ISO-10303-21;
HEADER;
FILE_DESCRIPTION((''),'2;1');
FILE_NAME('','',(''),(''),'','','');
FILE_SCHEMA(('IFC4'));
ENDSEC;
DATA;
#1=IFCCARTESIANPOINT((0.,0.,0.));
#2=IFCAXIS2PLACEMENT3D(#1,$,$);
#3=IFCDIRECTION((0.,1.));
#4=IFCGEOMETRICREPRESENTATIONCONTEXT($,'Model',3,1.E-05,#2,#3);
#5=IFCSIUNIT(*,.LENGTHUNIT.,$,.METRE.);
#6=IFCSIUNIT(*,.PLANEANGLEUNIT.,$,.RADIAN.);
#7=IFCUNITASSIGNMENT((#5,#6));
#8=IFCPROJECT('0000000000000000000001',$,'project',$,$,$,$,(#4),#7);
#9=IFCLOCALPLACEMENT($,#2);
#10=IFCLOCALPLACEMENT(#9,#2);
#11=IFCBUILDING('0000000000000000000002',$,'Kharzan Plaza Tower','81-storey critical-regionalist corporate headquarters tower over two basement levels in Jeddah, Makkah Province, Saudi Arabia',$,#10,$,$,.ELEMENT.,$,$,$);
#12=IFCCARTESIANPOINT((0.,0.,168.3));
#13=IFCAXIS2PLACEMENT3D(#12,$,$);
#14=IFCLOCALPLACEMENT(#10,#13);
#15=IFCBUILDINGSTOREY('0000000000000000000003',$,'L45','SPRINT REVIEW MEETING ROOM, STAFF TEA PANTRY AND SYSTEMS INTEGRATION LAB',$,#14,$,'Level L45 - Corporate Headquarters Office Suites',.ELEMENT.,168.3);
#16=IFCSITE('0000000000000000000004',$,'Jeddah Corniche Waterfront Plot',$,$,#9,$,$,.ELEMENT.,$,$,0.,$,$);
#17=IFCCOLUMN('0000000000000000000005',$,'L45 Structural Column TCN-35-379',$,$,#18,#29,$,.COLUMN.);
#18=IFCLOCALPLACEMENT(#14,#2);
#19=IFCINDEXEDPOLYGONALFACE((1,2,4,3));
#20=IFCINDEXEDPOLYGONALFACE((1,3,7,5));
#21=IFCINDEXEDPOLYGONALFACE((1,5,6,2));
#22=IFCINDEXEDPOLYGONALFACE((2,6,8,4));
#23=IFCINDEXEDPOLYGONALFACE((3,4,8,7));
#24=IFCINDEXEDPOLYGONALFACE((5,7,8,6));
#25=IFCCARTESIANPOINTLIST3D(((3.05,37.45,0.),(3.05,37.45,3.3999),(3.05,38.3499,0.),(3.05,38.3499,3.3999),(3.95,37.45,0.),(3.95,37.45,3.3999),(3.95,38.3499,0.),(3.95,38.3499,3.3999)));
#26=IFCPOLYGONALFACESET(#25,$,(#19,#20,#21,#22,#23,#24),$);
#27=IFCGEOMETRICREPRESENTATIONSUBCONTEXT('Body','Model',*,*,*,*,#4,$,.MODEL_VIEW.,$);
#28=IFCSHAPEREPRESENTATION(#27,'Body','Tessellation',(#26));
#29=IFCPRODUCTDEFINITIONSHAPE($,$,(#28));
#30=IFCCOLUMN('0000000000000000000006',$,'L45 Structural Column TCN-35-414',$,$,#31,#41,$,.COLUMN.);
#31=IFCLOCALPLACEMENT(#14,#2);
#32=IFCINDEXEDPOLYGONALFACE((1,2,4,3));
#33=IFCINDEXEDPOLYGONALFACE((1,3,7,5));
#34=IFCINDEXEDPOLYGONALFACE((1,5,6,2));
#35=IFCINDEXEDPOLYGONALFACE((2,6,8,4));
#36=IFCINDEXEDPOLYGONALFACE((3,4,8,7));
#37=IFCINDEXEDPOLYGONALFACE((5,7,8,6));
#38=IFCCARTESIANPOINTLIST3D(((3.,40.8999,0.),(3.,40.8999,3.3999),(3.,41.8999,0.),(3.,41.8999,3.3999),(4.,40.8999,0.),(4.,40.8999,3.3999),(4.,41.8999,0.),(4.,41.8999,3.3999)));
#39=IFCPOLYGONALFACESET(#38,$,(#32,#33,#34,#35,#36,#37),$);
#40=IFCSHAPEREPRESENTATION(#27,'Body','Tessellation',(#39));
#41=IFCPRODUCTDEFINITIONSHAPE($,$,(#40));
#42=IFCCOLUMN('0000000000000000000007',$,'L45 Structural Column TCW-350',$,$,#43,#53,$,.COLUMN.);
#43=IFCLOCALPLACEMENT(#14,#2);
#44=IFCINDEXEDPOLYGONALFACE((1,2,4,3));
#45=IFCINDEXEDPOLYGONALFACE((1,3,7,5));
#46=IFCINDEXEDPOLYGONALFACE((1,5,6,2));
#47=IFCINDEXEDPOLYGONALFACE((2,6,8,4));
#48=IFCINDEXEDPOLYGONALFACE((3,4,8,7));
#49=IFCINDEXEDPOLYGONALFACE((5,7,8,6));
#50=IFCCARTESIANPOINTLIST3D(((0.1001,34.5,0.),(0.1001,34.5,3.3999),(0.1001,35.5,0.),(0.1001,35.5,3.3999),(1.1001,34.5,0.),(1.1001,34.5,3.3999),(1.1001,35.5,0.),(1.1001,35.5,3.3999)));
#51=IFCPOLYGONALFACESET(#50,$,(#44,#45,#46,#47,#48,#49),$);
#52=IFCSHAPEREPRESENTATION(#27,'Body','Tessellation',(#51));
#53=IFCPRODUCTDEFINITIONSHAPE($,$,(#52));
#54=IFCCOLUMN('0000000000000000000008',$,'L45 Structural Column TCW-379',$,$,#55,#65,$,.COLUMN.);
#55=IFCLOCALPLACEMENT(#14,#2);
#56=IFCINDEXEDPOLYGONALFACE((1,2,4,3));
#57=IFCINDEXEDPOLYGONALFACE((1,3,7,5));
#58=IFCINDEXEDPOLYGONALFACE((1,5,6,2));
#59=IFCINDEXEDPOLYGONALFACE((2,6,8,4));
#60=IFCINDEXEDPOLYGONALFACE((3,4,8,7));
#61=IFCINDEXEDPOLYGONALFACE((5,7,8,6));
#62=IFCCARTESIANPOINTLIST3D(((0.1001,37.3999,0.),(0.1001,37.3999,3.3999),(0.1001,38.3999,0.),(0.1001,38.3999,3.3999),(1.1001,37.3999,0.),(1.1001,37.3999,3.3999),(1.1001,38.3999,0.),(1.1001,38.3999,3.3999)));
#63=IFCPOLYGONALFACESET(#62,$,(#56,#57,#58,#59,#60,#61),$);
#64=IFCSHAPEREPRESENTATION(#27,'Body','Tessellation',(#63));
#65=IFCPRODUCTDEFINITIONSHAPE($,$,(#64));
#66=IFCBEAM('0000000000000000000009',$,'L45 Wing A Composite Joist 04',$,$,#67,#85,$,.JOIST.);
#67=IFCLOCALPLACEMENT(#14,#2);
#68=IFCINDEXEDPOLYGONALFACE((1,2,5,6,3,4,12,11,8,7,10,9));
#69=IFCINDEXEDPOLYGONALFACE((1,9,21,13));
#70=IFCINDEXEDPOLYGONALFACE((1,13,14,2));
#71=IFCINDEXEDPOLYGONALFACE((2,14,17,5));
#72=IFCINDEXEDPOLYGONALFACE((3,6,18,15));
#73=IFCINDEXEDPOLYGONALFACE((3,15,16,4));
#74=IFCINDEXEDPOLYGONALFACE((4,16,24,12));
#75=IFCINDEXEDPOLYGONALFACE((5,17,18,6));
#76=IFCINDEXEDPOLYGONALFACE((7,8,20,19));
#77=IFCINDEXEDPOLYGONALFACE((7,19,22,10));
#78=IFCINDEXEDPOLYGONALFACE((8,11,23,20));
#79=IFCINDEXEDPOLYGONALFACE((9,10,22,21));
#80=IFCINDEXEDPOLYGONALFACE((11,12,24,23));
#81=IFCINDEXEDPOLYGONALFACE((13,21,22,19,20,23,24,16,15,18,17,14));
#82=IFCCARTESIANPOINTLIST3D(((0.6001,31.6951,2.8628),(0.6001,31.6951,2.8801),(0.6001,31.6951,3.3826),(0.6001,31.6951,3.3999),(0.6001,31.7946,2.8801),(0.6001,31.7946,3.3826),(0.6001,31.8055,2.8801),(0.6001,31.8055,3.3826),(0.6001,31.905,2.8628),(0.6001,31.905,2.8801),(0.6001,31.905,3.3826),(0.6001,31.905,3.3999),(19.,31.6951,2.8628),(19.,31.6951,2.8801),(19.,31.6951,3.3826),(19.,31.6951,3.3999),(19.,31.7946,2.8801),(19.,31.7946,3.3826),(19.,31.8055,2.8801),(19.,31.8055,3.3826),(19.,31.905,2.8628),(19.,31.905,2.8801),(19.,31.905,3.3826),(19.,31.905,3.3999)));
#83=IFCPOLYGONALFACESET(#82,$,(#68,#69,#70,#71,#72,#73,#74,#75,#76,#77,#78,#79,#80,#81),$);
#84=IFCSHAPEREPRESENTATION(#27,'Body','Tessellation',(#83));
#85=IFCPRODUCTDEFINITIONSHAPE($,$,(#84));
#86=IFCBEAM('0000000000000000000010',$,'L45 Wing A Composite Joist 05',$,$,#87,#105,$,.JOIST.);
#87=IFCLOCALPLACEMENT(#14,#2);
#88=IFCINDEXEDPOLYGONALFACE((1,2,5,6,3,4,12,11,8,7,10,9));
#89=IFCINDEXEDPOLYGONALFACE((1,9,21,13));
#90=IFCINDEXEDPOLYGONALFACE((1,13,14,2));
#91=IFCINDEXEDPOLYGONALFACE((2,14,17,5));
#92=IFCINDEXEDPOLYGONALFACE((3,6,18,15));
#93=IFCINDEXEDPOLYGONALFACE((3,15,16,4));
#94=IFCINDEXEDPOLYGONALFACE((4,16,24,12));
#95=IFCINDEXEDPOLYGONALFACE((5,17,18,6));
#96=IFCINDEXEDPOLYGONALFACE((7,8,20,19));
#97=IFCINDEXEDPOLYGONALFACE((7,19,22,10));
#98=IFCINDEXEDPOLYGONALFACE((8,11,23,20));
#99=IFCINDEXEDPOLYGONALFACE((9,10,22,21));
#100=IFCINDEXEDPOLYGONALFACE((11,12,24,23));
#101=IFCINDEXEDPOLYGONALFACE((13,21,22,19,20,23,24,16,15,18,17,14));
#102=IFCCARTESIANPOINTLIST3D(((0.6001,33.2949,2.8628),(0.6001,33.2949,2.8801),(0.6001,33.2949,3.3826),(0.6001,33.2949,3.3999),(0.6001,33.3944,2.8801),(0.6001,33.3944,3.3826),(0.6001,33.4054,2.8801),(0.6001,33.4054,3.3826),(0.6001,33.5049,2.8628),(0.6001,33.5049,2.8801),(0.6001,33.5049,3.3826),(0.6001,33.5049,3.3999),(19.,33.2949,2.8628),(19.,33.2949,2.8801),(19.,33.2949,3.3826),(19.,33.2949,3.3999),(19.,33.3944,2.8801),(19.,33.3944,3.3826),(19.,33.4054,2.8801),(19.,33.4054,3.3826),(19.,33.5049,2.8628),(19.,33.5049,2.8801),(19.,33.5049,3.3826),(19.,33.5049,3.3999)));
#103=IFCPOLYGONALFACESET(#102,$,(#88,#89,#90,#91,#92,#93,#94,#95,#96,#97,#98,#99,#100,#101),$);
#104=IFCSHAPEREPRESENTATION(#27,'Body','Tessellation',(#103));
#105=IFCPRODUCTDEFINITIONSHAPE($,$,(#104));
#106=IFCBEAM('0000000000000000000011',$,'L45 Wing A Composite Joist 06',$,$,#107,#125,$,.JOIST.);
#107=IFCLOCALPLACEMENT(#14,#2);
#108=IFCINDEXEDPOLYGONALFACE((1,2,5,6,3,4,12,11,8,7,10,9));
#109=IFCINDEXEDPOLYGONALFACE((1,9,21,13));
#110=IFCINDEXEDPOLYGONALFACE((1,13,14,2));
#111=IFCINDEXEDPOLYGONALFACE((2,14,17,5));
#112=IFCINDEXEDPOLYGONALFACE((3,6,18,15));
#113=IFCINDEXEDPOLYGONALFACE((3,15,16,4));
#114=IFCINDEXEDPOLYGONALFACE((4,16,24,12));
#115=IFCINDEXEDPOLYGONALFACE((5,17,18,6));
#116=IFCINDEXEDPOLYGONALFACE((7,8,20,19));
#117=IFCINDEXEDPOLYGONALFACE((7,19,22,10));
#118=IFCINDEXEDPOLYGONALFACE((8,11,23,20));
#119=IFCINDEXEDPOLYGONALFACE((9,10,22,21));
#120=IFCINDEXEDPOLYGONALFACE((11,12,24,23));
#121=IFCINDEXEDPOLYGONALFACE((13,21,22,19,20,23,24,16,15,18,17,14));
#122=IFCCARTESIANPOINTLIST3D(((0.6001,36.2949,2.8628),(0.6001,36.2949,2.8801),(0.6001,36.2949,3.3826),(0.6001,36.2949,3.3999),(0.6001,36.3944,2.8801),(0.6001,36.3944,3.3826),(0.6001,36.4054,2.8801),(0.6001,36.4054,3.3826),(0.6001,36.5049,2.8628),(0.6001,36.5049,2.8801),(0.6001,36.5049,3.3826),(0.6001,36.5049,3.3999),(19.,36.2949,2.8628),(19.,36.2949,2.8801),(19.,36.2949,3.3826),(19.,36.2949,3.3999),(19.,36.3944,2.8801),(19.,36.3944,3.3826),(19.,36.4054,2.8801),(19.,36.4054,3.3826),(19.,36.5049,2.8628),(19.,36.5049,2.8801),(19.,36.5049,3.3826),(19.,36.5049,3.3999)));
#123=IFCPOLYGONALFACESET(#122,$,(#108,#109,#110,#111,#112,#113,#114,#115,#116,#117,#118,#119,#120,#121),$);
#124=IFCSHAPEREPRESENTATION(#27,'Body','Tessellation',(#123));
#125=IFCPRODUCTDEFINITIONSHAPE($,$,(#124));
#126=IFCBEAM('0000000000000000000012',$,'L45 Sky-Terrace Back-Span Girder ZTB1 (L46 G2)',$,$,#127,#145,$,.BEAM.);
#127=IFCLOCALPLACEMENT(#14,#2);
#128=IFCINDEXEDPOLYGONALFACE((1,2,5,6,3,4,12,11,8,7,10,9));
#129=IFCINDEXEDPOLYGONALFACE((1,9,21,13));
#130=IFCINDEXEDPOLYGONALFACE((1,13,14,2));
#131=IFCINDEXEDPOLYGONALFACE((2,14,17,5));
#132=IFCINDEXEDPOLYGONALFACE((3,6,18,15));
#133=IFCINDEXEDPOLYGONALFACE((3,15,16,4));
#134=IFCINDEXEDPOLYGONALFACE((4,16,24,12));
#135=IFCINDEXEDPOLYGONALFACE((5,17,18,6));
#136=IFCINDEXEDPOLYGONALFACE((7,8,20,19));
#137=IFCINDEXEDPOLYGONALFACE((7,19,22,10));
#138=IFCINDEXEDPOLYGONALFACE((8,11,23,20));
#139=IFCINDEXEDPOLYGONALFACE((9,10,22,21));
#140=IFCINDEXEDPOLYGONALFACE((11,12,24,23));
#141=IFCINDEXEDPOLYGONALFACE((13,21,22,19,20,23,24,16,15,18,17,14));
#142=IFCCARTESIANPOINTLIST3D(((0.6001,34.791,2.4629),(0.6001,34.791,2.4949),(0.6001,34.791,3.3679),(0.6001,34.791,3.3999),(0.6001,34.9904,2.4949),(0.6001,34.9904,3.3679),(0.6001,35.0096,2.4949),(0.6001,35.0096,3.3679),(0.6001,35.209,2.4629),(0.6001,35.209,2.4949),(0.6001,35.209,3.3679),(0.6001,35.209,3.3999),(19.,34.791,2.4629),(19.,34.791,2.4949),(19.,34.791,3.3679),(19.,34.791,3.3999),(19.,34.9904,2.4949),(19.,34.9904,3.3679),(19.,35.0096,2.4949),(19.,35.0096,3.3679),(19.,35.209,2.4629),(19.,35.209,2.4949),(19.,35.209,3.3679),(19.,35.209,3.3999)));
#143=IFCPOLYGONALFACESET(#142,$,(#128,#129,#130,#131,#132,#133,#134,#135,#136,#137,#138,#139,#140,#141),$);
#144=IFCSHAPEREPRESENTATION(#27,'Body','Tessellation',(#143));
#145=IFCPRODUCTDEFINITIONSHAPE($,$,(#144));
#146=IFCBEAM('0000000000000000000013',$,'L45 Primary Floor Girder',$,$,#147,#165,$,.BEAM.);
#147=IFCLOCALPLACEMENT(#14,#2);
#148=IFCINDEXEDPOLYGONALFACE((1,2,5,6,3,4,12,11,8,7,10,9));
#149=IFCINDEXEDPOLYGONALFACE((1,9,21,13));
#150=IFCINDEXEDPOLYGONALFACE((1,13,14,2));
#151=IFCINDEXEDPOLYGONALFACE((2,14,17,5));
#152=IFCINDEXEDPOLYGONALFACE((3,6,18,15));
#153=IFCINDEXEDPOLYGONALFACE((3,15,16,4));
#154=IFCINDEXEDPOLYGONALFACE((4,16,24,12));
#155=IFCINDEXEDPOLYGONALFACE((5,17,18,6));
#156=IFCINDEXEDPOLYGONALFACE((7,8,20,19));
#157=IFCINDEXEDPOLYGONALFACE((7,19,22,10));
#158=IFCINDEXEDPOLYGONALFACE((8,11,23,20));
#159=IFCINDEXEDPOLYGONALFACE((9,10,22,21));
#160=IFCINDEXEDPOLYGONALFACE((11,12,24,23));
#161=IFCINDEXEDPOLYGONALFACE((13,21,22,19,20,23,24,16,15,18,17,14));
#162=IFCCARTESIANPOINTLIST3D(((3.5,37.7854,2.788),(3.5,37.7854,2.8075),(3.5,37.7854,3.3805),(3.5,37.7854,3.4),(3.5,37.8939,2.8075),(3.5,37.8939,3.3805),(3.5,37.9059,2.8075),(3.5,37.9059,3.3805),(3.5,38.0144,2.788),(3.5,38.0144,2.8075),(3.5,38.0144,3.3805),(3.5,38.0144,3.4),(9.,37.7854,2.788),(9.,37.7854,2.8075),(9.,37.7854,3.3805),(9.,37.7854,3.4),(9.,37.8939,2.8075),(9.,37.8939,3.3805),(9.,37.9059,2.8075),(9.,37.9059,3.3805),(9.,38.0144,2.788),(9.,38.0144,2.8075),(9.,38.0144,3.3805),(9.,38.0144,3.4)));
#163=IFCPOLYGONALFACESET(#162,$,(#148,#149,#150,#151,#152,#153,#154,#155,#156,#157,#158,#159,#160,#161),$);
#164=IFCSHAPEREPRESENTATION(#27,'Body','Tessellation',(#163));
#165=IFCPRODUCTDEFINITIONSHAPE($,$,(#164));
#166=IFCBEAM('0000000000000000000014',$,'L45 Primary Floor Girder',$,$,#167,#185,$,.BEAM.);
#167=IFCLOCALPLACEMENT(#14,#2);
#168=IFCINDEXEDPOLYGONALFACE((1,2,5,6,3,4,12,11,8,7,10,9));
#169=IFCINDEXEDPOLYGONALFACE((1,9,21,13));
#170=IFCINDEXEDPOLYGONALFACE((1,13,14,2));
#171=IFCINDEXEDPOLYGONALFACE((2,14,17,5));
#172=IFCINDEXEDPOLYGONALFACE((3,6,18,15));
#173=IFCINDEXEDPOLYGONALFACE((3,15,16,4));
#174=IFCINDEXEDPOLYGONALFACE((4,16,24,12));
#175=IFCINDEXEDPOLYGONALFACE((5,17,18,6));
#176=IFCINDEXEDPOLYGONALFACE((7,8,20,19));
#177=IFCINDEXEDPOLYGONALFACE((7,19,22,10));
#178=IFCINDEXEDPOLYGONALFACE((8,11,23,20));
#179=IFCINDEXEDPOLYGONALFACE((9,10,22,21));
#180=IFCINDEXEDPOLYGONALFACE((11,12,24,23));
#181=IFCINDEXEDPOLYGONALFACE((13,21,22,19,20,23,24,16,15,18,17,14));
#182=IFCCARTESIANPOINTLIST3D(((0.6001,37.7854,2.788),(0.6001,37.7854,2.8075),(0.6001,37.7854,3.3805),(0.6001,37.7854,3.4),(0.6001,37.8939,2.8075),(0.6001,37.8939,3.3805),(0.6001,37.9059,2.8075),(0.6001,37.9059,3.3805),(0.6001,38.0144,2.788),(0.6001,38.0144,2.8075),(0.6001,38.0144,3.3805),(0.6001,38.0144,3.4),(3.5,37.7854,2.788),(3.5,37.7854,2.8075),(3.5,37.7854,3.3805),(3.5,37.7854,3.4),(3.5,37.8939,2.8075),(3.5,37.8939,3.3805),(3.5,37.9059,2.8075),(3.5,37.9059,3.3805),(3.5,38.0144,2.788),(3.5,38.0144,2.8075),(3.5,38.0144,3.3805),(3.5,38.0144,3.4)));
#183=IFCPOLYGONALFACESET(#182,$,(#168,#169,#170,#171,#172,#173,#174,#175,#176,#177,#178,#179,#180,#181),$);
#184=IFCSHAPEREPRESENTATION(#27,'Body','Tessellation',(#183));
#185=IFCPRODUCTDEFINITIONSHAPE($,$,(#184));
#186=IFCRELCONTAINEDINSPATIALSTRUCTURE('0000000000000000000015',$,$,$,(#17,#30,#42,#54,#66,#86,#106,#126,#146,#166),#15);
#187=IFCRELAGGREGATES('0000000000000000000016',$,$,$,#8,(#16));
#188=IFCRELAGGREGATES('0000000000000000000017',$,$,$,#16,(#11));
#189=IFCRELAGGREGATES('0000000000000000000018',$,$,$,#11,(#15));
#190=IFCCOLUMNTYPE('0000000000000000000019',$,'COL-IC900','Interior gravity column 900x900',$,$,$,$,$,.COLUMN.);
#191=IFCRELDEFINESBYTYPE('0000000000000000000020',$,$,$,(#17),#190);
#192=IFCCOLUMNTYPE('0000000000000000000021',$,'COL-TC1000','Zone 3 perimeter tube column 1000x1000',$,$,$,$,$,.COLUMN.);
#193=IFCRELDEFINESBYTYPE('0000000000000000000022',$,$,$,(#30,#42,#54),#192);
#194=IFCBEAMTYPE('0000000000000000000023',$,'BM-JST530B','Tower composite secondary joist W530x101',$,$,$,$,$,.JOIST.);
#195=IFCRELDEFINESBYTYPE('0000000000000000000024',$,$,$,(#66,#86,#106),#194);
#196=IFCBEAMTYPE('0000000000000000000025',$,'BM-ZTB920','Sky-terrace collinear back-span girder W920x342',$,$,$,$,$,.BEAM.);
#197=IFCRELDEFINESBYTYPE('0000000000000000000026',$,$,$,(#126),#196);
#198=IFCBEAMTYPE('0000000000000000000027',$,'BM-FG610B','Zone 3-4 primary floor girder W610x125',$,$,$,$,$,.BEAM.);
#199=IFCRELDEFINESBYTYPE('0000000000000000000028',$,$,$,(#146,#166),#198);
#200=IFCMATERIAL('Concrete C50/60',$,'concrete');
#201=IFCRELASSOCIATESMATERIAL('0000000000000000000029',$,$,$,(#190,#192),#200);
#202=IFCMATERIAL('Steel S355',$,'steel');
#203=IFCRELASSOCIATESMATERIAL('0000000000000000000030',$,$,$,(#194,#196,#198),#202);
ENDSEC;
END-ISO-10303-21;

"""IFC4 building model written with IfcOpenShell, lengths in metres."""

from ifc_helpers import new_model, si_unit, direction, frame, origin, origin_2d, place, context, subcontext, project, spatial, rectangle, i_section, extrude, source, transform, mapped, material, material_profile, profile_set, type_object, element, save


model = new_model("IFC4")

# Units and contexts
model_context = context("Model", 3, precision=1e-05, world=origin(), true_north=direction((0.0, 1.0)))
body_context = subcontext(model_context, "Body", "Model", "MODEL_VIEW")
ifc_project = project(units=[si_unit("LENGTHUNIT", "METRE"), si_unit("PLANEANGLEUNIT", "RADIAN")], contexts=[model_context])

# Site, building, storey
site_placement = place(None, origin())
site = spatial("IfcSite", under=ifc_project, at=site_placement, Name="Jeddah Corniche Waterfront Plot", CompositionType="ELEMENT", RefElevation=0.0)
building_placement = place(site_placement, origin())
building = spatial("IfcBuilding", under=site, at=building_placement, Name="Kharzan Plaza Tower", Description="81-storey critical-regionalist corporate headquarters tower over two basement levels in Jeddah, Makkah Province, Saudi Arabia", CompositionType="ELEMENT")
storey_placement = place(building_placement, frame((0.0, 0.0, 168.3)))
storey = spatial("IfcBuildingStorey", under=building, at=storey_placement, Name="L45", Description="SPRINT REVIEW MEETING ROOM, STAFF TEA PANTRY AND SYSTEMS INTEGRATION LAB", LongName="Level L45 - Corporate Headquarters Office Suites", CompositionType="ELEMENT", Elevation=168.3)

# Columns
ifc_material_1 = material(Name="Concrete C50/60", Category="concrete")
ifc_material_profile_1 = material_profile(ifc_material_1, rectangle(XDim=0.8999, YDim=0.8999, at=origin_2d()), Name="RC-IC900x900")
ifc_profile_set_1 = profile_set([ifc_material_profile_1], Name="Concrete C50/60")
column_type_1 = type_object("IfcColumnType", Name="COL-IC900", Description="Interior gravity column 900x900", PredefinedType="COLUMN", material=ifc_profile_set_1)
shared_shape_1 = source(origin(), body_context, "Body", "SweptSolid", [
    extrude(rectangle(XDim=0.8999, YDim=0.8999, at=origin_2d()), origin(), (0.0, 0.0, 1.0), 3.3999),
])
column_placement = place(storey_placement, frame((3.5, 37.8999, 0.0), z_axis=(0.0, 0.0, 1.0), x_axis=(1.0, 0.0, 0.0)))
element("IfcColumn", 1, at=column_placement, inside=storey, type_object=column_type_1, Name="L45 Structural Column TCN-35-379", PredefinedType="COLUMN", context=body_context, shape_type="MappedRepresentation", body=[
    mapped(shared_shape_1, transform((0.0, 0.0, 0.0), x_axis=(1.0, 0.0, 0.0), y_axis=(0.0, 1.0, 0.0), z_axis=(0.0, 0.0, 1.0))),
])
ifc_material_profile_2 = material_profile(ifc_material_1, rectangle(XDim=1.0, YDim=1.0, at=origin_2d()), Name="RC-TC1000x1000")
ifc_profile_set_2 = profile_set([ifc_material_profile_2], Name="Concrete C50/60")
column_type_2 = type_object("IfcColumnType", Name="COL-TC1000", Description="Zone 3 perimeter tube column 1000x1000", PredefinedType="COLUMN", material=ifc_profile_set_2)
shared_shape_2 = source(origin(), body_context, "Body", "SweptSolid", [
    extrude(rectangle(XDim=1.0, YDim=1.0, at=origin_2d()), origin(), (0.0, 0.0, 1.0), 3.3999),
])
for number, where, z_axis, x_axis, name in (
    (2, (3.5, 41.3999, 0.0), (0.0, 0.0, 1.0), (1.0, 0.0, 0.0), "L45 Structural Column TCN-35-414"),
    (3, (0.6001, 35.0, 0.0), (0.0, 0.0, 1.0), (1.0, 0.0, 0.0), "L45 Structural Column TCW-350"),
    (4, (0.6001, 37.8999, 0.0), (0.0, 0.0, 1.0), (1.0, 0.0, 0.0), "L45 Structural Column TCW-379"),
):
    element("IfcColumn", number, at=place(storey_placement, frame(where, z_axis=z_axis, x_axis=x_axis)), inside=storey, type_object=column_type_2, Name=name, PredefinedType="COLUMN", context=body_context, shape_type="MappedRepresentation", body=[
        mapped(shared_shape_2, transform((0.0, 0.0, 0.0), x_axis=(1.0, 0.0, 0.0), y_axis=(0.0, 1.0, 0.0), z_axis=(0.0, 0.0, 1.0))),
    ])

# Beams
ifc_material_2 = material(Name="Steel S355", Category="steel")
ifc_material_profile_3 = material_profile(ifc_material_2, i_section(OverallWidth=0.21, OverallDepth=0.5371, WebThickness=0.011, FlangeThickness=0.0173, at=origin_2d()), Name="W530x101")
ifc_profile_set_3 = profile_set([ifc_material_profile_3], Name="Steel S355")
beam_type_1 = type_object("IfcBeamType", Name="BM-JST530B", Description="Tower composite secondary joist W530x101", PredefinedType="JOIST", material=ifc_profile_set_3)
shared_shape_3 = source(origin(), body_context, "Body", "SweptSolid", [
    extrude(i_section(OverallWidth=0.21, OverallDepth=0.5371, WebThickness=0.011, FlangeThickness=0.0173, at=origin_2d()), origin(), (0.0, 0.0, 1.0), 18.3999),
])
for number, where, z_axis, x_axis, name in (
    (5, (0.6001, 31.8, 3.1313), (1.0, 0.0, 0.0), (0.0, 1.0, 0.0), "L45 Wing A Composite Joist 04"),
    (6, (0.6001, 33.3999, 3.1313), (1.0, 0.0, 0.0), (0.0, 1.0, 0.0), "L45 Wing A Composite Joist 05"),
    (7, (0.6001, 36.3999, 3.1313), (1.0, 0.0, 0.0), (0.0, 1.0, 0.0), "L45 Wing A Composite Joist 06"),
):
    element("IfcBeam", number, at=place(storey_placement, frame(where, z_axis=z_axis, x_axis=x_axis)), inside=storey, type_object=beam_type_1, Name=name, PredefinedType="JOIST", context=body_context, shape_type="MappedRepresentation", body=[
        mapped(shared_shape_3, transform((0.0, 0.0, 0.0), x_axis=(1.0, 0.0, 0.0), y_axis=(0.0, 1.0, 0.0), z_axis=(0.0, 0.0, 1.0))),
    ])
ifc_material_profile_4 = material_profile(ifc_material_2, i_section(OverallWidth=0.418, OverallDepth=0.937, WebThickness=0.0193, FlangeThickness=0.032, at=origin_2d()), Name="W920x342")
ifc_profile_set_4 = profile_set([ifc_material_profile_4], Name="Steel S355")
beam_type_2 = type_object("IfcBeamType", Name="BM-ZTB920", Description="Sky-terrace collinear back-span girder W920x342", PredefinedType="BEAM", material=ifc_profile_set_4)
shared_shape_4 = source(origin(), body_context, "Body", "SweptSolid", [
    extrude(i_section(OverallWidth=0.418, OverallDepth=0.937, WebThickness=0.0193, FlangeThickness=0.032, at=origin_2d()), origin(), (0.0, 0.0, 1.0), 18.3999),
])
beam_1_placement = place(storey_placement, frame((0.6001, 35.0, 2.9314), z_axis=(1.0, 0.0, 0.0), x_axis=(0.0, 1.0, 0.0)))
element("IfcBeam", 8, at=beam_1_placement, inside=storey, type_object=beam_type_2, Name="L45 Sky-Terrace Back-Span Girder ZTB1 (L46 G2)", PredefinedType="BEAM", context=body_context, shape_type="MappedRepresentation", body=[
    mapped(shared_shape_4, transform((0.0, 0.0, 0.0), x_axis=(1.0, 0.0, 0.0), y_axis=(0.0, 1.0, 0.0), z_axis=(0.0, 0.0, 1.0))),
])
ifc_material_profile_5 = material_profile(ifc_material_2, i_section(OverallWidth=0.229, OverallDepth=0.6121, WebThickness=0.012, FlangeThickness=0.0195, at=origin_2d()), Name="W610x125")
ifc_profile_set_5 = profile_set([ifc_material_profile_5], Name="Steel S355")
beam_type_3 = type_object("IfcBeamType", Name="BM-FG610B", Description="Zone 3-4 primary floor girder W610x125", PredefinedType="BEAM", material=ifc_profile_set_5)
shared_shape_5 = source(origin(), body_context, "Body", "SweptSolid", [
    extrude(i_section(OverallWidth=0.229, OverallDepth=0.6121, WebThickness=0.012, FlangeThickness=0.0195, at=origin_2d()), origin(), (0.0, 0.0, 1.0), 5.5),
])
beam_2_placement = place(storey_placement, frame((3.5, 37.8999, 3.094), z_axis=(1.0, 0.0, 0.0), x_axis=(0.0, 1.0, 0.0)))
element("IfcBeam", 9, at=beam_2_placement, inside=storey, type_object=beam_type_3, Name="L45 Primary Floor Girder", PredefinedType="BEAM", context=body_context, shape_type="MappedRepresentation", body=[
    mapped(shared_shape_5, transform((0.0, 0.0, 0.0), x_axis=(1.0, 0.0, 0.0), y_axis=(0.0, 1.0, 0.0), z_axis=(0.0, 0.0, 1.0))),
])
shared_shape_6 = source(origin(), body_context, "Body", "SweptSolid", [
    extrude(i_section(OverallWidth=0.229, OverallDepth=0.6121, WebThickness=0.012, FlangeThickness=0.0195, at=origin_2d()), origin(), (0.0, 0.0, 1.0), 2.8999),
])
beam_3_placement = place(storey_placement, frame((0.6001, 37.8999, 3.094), z_axis=(1.0, 0.0, 0.0), x_axis=(0.0, 1.0, 0.0)))
element("IfcBeam", 10, at=beam_3_placement, inside=storey, type_object=beam_type_3, Name="L45 Primary Floor Girder", PredefinedType="BEAM", context=body_context, shape_type="MappedRepresentation", body=[
    mapped(shared_shape_6, transform((0.0, 0.0, 0.0), x_axis=(1.0, 0.0, 0.0), y_axis=(0.0, 1.0, 0.0), z_axis=(0.0, 0.0, 1.0))),
])

save(model, "model.ifc")
